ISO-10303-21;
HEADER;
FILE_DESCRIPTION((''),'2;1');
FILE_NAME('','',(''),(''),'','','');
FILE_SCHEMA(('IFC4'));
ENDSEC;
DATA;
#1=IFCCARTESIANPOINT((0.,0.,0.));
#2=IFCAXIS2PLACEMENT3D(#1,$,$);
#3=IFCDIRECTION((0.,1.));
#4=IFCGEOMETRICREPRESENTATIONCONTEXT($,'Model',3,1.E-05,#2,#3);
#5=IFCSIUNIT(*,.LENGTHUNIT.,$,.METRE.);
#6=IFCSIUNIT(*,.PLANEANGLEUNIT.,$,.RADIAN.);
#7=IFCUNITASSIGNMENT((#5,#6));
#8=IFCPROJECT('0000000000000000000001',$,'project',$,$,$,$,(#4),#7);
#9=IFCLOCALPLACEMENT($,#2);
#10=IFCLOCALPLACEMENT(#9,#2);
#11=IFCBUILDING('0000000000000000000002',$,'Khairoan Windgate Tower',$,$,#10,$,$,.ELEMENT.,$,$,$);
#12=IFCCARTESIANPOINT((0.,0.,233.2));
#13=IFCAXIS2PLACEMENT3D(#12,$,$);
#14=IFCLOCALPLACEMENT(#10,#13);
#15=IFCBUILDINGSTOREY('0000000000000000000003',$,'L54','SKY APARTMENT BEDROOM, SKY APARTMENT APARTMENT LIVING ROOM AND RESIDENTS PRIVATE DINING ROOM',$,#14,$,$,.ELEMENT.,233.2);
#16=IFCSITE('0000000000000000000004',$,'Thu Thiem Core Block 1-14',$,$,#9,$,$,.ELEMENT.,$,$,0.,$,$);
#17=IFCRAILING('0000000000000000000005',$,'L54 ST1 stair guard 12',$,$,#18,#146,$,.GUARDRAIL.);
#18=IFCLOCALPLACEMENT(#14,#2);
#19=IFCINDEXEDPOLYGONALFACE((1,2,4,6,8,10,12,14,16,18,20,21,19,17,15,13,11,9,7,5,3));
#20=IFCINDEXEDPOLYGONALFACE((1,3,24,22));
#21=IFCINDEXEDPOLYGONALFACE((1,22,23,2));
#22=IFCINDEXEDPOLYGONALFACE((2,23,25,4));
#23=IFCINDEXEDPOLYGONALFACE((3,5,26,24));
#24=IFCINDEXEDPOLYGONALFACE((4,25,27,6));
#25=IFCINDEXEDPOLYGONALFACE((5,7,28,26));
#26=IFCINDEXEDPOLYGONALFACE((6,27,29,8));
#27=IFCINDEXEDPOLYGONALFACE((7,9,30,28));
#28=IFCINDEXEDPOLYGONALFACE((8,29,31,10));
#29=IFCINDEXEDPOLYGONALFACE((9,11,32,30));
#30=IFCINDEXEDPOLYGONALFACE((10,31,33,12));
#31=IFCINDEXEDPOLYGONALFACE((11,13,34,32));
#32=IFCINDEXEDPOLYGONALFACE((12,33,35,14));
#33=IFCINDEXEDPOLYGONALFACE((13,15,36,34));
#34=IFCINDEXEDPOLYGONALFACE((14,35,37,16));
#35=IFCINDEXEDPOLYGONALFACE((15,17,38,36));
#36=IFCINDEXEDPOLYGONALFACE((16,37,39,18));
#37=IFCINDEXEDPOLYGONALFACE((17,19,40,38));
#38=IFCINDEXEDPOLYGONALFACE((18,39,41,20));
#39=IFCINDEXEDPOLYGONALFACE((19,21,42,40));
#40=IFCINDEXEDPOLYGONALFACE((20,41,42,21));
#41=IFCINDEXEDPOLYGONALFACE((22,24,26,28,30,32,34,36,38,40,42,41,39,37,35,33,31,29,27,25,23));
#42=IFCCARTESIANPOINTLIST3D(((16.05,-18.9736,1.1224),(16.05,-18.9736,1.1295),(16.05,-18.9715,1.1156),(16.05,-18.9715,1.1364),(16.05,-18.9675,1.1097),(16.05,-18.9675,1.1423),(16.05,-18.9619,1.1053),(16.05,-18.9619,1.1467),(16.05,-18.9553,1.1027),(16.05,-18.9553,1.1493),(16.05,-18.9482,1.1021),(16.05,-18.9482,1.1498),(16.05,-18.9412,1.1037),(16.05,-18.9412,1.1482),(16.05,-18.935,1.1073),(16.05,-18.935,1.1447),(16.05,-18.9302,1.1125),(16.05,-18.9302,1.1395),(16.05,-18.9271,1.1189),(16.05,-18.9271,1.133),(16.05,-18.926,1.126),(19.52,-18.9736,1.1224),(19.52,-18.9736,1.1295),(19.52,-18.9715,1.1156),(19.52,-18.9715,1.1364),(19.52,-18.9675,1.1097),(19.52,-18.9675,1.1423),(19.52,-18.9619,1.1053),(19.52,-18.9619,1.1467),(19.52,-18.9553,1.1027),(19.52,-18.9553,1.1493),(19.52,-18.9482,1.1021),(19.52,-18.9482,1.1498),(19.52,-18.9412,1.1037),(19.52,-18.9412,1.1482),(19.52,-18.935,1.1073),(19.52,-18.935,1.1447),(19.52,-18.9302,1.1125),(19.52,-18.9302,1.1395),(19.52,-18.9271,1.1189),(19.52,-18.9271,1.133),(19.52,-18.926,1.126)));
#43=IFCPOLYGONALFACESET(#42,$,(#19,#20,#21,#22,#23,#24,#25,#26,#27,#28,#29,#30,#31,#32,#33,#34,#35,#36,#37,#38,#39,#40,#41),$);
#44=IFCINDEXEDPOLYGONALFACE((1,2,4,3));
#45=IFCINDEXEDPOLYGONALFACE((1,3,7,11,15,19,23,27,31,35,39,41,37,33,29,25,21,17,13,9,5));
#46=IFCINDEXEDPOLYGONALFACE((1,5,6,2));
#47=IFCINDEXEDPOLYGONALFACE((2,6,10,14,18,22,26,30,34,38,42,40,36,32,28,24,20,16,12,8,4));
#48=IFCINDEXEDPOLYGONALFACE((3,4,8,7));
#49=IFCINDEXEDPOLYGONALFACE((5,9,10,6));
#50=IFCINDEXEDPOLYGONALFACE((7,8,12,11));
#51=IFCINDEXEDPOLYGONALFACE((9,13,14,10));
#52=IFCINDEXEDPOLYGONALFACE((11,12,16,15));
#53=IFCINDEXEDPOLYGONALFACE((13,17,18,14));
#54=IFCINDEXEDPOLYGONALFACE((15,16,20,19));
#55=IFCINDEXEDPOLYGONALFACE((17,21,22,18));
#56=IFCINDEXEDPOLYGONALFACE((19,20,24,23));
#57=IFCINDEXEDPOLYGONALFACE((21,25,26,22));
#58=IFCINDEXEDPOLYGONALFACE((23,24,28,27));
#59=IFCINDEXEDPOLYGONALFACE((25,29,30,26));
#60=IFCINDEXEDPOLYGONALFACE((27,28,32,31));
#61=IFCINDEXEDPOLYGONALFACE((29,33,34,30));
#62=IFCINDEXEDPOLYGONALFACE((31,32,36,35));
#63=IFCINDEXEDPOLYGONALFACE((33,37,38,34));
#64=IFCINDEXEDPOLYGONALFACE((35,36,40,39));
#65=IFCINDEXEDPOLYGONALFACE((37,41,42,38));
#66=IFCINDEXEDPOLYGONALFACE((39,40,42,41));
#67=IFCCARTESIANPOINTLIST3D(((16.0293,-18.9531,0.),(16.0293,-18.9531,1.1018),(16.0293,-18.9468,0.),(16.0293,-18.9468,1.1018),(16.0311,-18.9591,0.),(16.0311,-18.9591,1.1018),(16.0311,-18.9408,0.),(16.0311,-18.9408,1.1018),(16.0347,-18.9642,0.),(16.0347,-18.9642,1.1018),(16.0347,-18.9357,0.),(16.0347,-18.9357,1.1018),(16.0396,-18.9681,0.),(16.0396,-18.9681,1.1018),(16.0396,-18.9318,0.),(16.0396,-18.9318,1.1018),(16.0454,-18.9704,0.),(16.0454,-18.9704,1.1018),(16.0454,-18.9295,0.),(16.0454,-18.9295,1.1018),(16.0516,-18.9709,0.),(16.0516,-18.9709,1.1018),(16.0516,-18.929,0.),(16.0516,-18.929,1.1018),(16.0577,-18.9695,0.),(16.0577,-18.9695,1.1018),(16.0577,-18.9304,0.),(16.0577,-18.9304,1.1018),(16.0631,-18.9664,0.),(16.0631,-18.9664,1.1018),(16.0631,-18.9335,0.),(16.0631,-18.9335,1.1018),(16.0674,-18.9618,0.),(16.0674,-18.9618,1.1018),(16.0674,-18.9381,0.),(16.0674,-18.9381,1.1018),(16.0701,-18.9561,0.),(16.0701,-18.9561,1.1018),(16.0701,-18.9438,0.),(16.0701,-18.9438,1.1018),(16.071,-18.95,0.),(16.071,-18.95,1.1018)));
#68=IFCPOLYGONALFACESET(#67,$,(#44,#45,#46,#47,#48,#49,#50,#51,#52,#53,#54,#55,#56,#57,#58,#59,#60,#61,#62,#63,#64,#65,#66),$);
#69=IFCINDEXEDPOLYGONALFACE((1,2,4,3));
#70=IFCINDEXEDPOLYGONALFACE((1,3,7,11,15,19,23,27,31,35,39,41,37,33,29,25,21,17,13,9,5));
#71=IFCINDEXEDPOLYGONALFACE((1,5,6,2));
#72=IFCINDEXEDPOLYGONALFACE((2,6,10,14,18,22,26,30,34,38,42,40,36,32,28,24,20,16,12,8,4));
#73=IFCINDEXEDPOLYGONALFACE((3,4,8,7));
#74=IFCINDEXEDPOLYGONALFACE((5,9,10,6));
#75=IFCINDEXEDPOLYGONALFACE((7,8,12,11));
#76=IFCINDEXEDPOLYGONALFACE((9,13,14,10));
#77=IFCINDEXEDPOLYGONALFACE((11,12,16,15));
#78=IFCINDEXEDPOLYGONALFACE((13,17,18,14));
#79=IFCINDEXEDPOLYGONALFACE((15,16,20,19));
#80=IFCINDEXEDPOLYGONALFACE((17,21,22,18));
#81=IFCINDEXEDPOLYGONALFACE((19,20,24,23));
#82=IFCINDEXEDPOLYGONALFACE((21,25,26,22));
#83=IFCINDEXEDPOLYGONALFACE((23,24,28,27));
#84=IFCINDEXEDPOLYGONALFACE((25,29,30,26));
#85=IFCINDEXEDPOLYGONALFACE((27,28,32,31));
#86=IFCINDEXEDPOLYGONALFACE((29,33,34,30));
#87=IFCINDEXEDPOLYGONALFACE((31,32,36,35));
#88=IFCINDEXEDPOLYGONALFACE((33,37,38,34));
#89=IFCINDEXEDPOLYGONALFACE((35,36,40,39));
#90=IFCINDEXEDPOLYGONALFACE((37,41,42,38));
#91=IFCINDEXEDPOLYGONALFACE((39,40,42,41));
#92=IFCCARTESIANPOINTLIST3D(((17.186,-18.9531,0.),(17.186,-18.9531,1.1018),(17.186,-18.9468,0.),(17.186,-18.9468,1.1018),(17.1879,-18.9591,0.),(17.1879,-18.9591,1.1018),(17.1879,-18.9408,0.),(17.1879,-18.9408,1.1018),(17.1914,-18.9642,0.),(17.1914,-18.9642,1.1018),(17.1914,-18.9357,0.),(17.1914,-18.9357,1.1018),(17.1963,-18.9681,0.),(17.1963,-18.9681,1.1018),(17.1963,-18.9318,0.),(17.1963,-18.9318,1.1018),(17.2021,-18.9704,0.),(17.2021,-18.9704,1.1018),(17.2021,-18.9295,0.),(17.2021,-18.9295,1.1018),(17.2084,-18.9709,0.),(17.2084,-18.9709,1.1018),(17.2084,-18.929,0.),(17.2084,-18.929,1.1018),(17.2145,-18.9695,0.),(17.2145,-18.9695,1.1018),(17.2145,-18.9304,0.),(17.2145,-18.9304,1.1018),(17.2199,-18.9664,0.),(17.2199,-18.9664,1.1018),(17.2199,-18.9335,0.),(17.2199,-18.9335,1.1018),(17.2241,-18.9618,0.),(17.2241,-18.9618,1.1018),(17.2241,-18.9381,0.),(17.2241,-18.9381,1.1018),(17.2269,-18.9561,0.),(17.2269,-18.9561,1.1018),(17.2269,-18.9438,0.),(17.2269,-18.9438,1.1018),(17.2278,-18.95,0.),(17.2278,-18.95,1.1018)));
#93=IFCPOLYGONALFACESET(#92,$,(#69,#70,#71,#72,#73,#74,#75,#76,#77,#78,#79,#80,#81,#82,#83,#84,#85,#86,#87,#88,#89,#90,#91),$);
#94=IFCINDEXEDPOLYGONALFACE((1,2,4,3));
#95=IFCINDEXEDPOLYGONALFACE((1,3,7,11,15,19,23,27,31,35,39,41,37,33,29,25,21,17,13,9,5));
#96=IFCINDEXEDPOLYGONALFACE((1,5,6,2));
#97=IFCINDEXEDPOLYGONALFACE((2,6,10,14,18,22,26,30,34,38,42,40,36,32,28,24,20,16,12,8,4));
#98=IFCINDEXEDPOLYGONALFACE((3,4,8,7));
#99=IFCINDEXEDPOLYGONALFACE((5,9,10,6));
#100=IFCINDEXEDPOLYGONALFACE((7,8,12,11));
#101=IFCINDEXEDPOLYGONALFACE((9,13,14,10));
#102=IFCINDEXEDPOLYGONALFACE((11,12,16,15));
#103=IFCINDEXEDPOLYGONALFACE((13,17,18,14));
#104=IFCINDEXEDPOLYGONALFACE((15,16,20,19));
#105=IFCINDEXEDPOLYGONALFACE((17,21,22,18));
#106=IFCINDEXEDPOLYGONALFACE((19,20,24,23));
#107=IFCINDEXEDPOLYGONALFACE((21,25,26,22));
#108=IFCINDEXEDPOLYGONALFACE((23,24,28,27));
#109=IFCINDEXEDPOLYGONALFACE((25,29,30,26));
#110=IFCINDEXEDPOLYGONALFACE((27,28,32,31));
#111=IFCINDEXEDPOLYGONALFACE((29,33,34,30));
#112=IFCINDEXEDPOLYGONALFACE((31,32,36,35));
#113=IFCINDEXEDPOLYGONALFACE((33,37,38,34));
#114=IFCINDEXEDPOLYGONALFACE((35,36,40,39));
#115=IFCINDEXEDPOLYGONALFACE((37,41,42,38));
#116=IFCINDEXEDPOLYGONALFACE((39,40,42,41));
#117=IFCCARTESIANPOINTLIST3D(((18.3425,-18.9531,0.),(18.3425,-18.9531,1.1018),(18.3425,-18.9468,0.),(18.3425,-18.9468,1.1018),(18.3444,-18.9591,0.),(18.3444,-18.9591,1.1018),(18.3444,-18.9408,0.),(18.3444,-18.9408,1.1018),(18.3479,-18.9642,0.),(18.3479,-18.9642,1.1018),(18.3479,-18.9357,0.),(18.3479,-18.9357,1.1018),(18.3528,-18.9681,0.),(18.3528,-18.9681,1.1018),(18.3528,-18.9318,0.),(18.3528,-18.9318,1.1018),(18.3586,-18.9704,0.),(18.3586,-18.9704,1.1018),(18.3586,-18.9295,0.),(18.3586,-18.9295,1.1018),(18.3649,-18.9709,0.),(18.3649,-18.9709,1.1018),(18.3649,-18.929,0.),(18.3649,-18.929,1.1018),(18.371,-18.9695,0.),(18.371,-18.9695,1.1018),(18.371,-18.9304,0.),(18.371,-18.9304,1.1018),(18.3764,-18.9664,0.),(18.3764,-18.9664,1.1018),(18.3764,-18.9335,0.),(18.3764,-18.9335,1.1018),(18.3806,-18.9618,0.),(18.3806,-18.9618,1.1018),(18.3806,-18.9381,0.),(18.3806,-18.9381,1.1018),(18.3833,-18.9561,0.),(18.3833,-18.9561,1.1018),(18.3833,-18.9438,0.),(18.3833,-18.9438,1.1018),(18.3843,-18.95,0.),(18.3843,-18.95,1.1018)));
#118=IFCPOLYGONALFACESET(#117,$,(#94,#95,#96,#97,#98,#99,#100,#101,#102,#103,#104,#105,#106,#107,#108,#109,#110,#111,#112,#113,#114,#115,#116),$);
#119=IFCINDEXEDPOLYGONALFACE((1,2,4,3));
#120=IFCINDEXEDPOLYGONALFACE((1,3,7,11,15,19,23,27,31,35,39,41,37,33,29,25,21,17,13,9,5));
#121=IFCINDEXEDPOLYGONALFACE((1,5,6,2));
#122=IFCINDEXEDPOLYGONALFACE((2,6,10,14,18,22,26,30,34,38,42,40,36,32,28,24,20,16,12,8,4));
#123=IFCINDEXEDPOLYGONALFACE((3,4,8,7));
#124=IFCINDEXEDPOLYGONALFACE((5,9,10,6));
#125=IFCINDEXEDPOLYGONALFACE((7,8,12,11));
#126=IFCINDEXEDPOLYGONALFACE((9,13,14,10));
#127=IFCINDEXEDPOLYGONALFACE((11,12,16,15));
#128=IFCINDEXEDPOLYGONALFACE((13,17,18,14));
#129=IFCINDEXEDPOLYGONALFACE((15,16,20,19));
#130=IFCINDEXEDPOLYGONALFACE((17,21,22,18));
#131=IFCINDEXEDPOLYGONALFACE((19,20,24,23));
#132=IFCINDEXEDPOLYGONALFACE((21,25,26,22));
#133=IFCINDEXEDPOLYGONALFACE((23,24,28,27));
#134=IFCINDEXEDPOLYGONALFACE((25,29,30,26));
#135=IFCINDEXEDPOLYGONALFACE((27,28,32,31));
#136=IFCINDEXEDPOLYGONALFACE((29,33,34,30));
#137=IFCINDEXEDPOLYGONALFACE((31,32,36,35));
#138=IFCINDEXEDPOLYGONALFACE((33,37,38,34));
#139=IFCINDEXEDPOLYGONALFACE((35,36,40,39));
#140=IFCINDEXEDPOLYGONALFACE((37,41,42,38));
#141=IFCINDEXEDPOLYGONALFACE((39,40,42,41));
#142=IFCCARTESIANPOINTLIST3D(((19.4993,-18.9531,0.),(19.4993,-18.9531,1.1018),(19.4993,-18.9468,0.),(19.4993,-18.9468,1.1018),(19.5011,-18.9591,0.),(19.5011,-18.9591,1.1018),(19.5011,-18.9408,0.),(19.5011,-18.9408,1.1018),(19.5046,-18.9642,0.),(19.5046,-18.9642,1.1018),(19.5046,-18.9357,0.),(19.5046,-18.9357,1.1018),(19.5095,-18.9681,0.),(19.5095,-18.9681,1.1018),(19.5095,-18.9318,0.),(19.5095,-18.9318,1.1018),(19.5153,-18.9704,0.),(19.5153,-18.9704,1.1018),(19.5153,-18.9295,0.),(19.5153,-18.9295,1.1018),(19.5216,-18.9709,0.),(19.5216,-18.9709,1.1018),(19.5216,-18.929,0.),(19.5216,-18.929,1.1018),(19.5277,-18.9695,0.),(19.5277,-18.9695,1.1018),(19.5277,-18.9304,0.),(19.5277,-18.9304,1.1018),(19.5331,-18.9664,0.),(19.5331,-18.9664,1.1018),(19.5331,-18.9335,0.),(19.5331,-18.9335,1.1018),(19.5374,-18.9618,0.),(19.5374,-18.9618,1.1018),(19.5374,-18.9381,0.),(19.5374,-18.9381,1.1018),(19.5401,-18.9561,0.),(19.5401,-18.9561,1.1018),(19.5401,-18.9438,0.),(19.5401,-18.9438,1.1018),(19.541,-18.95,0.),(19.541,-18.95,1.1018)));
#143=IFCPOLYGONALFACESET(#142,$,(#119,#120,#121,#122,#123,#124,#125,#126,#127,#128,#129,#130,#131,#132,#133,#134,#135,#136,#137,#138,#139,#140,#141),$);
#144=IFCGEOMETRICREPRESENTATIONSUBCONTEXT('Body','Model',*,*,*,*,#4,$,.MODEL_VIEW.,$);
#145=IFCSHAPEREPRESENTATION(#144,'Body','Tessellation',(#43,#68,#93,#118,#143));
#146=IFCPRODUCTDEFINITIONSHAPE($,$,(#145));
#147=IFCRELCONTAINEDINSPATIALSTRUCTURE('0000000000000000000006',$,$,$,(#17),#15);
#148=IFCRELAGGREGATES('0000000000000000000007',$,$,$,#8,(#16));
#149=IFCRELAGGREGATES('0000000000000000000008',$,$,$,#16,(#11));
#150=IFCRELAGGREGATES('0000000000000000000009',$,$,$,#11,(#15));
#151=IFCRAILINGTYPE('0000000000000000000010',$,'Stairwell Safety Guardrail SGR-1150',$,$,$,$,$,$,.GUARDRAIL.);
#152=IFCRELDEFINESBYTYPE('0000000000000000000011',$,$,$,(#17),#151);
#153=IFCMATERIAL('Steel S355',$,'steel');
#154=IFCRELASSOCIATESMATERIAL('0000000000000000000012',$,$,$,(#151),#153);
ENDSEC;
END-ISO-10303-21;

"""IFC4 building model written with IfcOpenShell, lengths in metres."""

from ifc_helpers import new_model, si_unit, direction, frame, origin, origin_2d, place, context, subcontext, project, spatial, circle, extrude, material, type_object, element, save


model = new_model("IFC4")

# Units and contexts
model_context = context("Model", 3, precision=1e-05, world=origin(), true_north=direction((0.0, 1.0)))
body_context = subcontext(model_context, "Body", "Model", "MODEL_VIEW")
ifc_project = project(units=[si_unit("LENGTHUNIT", "METRE"), si_unit("PLANEANGLEUNIT", "RADIAN")], contexts=[model_context])

# Site, building, storey
site_placement = place(None, origin())
site = spatial("IfcSite", under=ifc_project, at=site_placement, Name="Thu Thiem Core Block 1-14", CompositionType="ELEMENT", RefElevation=0.0)
building_placement = place(site_placement, origin())
building = spatial("IfcBuilding", under=site, at=building_placement, Name="Khairoan Windgate Tower", CompositionType="ELEMENT")
storey_placement = place(building_placement, frame((0.0, 0.0, 233.2)))
storey = spatial("IfcBuildingStorey", under=building, at=storey_placement, Name="L54", Description="SKY APARTMENT BEDROOM, SKY APARTMENT APARTMENT LIVING ROOM AND RESIDENTS PRIVATE DINING ROOM", CompositionType="ELEMENT", Elevation=233.2)

# Railing
ifc_material_1 = material(Name="Steel S355", Category="steel")
railing_type = type_object("IfcRailingType", Name="Stairwell Safety Guardrail SGR-1150", PredefinedType="GUARDRAIL", material=ifc_material_1)
railing_1_placement = place(storey_placement, frame((16.05, -18.95, 0.0)))
element("IfcRailing", 1, at=railing_1_placement, inside=storey, type_object=railing_type, Name="L54 ST1 stair guard 12", PredefinedType="GUARDRAIL", context=body_context, shape_type="SweptSolid", body=[
    extrude(circle(Radius=0.0239, at=origin_2d()), frame((0.0, 0.0, 1.126), z_axis=(1.0, 0.0, 0.0), x_axis=(0.0, 1.0, 0.0)), (0.0, 0.0, 1.0), 3.47),
    extrude(circle(Radius=0.021, at=origin_2d()), origin(), (0.0, 0.0, 1.0), 1.1018),
    extrude(circle(Radius=0.021, at=origin_2d()), frame((1.1567, 0.0, 0.0)), (0.0, 0.0, 1.0), 1.1018),
    extrude(circle(Radius=0.021, at=origin_2d()), frame((2.3132, 0.0, 0.0)), (0.0, 0.0, 1.0), 1.1018),
    extrude(circle(Radius=0.021, at=origin_2d()), frame((3.47, 0.0, 0.0)), (0.0, 0.0, 1.0), 1.1018),
])

save(model, "model.ifc")
